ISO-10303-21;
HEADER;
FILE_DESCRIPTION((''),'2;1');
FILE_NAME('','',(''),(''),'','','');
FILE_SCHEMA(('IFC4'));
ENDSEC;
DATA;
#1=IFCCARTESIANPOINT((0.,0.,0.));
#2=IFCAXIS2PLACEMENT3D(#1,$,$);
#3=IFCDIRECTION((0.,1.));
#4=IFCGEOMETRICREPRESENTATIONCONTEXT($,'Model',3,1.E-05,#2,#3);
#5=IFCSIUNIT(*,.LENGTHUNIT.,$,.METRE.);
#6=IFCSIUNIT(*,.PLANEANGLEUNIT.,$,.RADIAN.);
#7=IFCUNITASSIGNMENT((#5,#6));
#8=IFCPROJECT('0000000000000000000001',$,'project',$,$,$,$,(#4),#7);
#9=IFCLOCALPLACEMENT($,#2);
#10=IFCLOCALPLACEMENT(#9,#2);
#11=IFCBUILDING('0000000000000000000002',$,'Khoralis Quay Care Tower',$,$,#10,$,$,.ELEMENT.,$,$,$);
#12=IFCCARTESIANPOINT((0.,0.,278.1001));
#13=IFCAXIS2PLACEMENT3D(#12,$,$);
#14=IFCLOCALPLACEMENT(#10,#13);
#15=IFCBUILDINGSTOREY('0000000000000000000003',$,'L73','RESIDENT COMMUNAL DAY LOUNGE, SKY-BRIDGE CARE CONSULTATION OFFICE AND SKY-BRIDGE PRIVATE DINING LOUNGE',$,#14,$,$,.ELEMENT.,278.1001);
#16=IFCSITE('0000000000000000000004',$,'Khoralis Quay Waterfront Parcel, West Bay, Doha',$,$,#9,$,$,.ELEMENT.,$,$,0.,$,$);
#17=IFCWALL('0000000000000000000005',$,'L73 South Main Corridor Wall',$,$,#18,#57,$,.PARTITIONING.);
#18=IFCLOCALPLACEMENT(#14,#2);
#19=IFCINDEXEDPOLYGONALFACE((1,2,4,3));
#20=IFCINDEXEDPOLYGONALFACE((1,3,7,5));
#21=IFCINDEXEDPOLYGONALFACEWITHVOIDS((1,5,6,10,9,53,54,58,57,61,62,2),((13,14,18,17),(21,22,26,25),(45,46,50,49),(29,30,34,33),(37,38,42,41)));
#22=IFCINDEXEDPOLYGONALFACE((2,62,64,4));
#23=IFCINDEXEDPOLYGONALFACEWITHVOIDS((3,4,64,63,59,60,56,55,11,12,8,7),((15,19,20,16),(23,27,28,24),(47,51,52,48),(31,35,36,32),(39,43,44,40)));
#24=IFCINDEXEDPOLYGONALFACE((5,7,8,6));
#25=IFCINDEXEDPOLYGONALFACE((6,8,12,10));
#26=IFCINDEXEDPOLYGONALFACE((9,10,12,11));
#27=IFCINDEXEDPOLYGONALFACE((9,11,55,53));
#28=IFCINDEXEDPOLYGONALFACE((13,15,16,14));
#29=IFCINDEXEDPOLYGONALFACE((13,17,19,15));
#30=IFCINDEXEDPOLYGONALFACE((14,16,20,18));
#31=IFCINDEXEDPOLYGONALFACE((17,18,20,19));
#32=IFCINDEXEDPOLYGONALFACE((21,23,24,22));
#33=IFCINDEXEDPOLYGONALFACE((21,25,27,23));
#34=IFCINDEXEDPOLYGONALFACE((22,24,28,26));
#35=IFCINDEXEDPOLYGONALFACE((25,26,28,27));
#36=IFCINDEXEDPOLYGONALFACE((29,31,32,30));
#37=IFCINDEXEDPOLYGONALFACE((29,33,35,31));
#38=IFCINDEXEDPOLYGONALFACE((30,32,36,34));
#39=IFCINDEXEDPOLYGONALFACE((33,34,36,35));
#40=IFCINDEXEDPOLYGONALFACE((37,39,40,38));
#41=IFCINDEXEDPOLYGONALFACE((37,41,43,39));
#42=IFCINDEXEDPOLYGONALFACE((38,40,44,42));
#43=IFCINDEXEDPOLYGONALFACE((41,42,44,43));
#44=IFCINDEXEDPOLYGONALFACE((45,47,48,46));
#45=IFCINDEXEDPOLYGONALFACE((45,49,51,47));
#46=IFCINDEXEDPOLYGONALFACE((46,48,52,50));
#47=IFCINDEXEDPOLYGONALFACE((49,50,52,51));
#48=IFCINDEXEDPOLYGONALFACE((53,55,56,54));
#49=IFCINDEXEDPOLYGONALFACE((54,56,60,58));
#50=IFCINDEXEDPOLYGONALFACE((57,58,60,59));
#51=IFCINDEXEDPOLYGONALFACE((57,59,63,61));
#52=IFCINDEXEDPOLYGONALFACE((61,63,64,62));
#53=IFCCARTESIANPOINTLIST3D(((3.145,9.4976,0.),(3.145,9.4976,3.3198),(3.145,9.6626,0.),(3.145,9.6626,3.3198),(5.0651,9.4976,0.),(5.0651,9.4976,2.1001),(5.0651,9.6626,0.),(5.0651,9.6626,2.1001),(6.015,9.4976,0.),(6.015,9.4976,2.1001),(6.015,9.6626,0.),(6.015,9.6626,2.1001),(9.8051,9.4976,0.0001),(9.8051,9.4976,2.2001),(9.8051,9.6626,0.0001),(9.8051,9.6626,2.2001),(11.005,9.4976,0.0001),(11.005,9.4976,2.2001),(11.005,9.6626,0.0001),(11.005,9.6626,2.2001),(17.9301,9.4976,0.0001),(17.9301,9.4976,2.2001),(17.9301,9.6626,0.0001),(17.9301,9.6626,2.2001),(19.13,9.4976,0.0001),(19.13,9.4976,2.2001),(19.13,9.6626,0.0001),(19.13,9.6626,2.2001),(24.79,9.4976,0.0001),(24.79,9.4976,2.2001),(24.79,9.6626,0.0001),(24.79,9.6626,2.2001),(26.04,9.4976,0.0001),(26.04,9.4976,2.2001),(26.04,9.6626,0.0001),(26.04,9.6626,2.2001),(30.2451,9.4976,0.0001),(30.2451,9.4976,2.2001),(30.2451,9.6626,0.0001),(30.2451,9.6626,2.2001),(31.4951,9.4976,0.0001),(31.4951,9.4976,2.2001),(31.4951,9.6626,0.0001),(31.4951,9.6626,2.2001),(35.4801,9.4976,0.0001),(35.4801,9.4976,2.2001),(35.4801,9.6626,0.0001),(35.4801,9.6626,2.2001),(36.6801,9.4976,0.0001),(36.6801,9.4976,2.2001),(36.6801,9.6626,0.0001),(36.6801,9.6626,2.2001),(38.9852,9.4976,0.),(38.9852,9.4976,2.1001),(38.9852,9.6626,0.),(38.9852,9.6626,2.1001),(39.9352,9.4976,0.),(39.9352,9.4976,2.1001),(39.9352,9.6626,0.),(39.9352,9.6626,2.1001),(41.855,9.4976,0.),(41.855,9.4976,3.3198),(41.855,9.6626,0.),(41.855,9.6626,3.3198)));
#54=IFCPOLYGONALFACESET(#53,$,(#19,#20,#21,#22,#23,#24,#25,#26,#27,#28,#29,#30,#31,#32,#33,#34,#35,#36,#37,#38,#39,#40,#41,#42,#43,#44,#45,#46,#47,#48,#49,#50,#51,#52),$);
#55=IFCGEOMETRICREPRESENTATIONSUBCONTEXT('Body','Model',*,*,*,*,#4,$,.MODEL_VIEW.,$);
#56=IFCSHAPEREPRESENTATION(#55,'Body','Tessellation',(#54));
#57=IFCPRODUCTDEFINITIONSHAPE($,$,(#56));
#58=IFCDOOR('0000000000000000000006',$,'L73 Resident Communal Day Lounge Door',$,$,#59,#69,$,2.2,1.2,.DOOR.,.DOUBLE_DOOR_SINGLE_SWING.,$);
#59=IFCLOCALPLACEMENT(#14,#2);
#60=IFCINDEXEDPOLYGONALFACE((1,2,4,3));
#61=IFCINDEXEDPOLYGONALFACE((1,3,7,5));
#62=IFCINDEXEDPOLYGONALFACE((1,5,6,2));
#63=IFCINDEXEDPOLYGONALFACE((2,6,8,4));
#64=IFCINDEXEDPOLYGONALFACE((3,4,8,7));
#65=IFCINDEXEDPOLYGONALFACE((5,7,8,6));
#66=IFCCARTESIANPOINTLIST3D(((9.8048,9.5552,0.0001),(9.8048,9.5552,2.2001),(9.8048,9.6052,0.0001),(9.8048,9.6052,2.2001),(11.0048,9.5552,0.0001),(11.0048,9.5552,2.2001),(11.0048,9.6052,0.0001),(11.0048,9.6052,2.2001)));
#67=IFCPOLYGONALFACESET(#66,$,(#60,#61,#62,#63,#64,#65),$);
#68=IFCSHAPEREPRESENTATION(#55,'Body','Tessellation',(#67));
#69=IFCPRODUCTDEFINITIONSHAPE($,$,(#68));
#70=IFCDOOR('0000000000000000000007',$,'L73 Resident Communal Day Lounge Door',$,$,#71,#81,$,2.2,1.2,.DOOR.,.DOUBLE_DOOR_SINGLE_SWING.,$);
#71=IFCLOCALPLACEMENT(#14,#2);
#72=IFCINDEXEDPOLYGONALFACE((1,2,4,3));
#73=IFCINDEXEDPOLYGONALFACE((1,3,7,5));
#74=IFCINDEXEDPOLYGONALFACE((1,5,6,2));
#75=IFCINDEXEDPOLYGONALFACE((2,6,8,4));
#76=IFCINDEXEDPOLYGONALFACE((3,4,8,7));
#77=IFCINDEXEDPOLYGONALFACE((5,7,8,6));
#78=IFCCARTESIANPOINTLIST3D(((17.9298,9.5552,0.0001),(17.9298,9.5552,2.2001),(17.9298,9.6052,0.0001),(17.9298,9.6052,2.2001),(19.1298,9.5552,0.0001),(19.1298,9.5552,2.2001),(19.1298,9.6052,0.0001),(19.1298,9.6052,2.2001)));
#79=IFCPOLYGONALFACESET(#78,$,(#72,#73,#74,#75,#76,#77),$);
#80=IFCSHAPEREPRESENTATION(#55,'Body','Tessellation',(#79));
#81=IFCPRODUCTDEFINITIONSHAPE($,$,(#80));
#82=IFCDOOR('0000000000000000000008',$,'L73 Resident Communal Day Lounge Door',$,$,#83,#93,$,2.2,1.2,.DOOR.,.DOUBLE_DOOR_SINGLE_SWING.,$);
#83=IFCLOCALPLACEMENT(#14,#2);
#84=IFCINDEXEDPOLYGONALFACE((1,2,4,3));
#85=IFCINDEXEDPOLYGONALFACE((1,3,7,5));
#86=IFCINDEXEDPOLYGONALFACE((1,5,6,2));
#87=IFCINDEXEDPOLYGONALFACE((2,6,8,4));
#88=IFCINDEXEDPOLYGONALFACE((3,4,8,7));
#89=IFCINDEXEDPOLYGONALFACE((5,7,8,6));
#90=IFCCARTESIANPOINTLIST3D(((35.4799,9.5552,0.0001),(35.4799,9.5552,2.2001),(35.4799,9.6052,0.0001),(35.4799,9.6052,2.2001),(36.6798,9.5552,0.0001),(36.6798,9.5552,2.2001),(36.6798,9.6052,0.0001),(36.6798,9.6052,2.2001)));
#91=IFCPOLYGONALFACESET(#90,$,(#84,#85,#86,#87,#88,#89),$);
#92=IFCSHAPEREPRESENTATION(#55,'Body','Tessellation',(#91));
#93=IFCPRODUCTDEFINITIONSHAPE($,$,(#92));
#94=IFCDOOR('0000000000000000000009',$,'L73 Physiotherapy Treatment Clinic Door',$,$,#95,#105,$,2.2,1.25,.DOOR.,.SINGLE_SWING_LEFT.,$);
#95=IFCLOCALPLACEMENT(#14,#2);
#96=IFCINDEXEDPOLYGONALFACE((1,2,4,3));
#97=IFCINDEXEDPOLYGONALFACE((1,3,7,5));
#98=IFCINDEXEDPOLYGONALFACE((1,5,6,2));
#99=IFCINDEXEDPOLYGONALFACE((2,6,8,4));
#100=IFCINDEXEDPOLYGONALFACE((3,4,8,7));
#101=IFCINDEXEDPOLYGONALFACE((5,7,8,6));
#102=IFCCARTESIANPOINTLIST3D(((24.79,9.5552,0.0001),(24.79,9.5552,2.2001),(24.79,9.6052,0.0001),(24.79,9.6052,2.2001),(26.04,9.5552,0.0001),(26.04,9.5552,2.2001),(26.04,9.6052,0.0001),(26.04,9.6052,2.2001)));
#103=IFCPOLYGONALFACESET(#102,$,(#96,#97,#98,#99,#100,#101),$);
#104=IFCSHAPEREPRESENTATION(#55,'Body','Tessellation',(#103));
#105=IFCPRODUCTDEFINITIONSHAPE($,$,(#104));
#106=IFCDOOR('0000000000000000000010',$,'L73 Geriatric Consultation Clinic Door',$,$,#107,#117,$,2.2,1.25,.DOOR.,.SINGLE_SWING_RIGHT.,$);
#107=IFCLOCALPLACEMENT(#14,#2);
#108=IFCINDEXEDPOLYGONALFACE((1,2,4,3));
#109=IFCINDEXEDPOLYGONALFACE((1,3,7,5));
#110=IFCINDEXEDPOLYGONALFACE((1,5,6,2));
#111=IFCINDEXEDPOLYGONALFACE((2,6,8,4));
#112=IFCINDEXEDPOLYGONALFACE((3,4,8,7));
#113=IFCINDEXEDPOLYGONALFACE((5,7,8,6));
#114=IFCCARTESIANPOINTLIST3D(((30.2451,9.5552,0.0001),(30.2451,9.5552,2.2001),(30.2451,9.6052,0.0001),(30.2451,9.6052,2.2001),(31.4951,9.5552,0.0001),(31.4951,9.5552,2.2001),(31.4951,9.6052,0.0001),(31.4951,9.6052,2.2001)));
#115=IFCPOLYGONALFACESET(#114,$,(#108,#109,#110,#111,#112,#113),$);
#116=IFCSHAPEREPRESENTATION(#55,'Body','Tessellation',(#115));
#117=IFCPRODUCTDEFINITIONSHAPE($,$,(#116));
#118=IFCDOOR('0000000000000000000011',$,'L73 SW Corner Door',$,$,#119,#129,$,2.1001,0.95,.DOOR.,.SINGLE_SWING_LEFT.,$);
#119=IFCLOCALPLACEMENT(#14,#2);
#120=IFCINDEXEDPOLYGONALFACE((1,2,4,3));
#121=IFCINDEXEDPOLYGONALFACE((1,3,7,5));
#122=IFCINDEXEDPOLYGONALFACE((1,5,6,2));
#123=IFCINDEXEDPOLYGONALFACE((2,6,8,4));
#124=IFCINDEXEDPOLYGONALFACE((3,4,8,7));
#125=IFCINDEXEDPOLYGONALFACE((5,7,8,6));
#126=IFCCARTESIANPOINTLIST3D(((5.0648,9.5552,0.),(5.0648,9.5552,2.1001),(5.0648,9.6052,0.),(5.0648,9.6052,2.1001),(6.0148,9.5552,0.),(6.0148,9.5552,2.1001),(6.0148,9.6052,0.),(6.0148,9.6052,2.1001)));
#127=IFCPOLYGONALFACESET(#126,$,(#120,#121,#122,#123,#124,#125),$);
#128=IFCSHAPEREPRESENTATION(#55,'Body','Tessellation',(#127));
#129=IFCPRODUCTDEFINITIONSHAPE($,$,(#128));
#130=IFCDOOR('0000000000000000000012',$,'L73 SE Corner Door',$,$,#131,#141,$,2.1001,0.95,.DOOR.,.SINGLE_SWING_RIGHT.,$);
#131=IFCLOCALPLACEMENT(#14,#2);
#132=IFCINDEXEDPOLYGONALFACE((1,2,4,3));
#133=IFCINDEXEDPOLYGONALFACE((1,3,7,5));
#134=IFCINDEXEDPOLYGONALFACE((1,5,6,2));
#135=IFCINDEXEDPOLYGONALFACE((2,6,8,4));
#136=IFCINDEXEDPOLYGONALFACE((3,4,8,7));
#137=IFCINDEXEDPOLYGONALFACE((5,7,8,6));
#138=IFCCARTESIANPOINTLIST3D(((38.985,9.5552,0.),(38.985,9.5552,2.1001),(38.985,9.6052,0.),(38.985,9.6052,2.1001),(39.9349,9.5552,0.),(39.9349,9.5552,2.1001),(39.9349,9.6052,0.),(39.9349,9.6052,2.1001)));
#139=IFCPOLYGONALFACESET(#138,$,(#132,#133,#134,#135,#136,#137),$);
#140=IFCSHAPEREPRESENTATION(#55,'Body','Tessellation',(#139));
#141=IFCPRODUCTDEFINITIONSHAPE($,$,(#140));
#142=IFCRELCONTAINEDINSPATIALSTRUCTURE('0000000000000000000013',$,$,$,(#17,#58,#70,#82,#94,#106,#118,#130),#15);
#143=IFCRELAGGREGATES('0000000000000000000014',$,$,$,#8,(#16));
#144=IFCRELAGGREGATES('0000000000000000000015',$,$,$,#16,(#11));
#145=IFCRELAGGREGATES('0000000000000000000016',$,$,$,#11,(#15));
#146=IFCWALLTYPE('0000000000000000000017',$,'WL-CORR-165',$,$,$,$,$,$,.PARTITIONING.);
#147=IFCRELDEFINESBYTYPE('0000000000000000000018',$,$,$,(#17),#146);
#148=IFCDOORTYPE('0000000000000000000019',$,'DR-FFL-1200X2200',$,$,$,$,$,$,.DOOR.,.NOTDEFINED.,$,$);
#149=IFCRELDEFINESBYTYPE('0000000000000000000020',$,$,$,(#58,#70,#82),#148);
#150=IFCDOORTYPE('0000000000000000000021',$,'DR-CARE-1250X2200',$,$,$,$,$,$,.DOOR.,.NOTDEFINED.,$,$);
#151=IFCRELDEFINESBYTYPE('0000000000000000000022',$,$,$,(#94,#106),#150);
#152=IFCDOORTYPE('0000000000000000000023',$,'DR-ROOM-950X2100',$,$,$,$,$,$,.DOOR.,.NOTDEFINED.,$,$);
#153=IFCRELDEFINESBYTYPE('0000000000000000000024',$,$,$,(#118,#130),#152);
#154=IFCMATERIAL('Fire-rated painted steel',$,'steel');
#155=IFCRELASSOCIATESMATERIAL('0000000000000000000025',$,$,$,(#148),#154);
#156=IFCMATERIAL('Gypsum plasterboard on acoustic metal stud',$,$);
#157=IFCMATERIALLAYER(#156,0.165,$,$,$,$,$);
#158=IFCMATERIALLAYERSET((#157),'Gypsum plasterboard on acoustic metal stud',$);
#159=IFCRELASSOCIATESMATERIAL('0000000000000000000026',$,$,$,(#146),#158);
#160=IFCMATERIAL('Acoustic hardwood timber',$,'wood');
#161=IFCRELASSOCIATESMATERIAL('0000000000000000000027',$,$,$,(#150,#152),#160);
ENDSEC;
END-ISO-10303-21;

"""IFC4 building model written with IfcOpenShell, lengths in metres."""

from ifc_helpers import new_model, si_unit, direction, frame, frame_2d, origin, place, context, subcontext, project, spatial, rectangle, extrude, source, transform, mapped, material, layer, layer_set, type_object, element, fill, save


model = new_model("IFC4")

# Units and contexts
model_context = context("Model", 3, precision=1e-05, world=origin(), true_north=direction((0.0, 1.0)))
body_context = subcontext(model_context, "Body", "Model", "MODEL_VIEW")
ifc_project = project(units=[si_unit("LENGTHUNIT", "METRE"), si_unit("PLANEANGLEUNIT", "RADIAN")], contexts=[model_context])

# Site, building, storey
site_placement = place(None, origin())
site = spatial("IfcSite", under=ifc_project, at=site_placement, Name="Khoralis Quay Waterfront Parcel, West Bay, Doha", CompositionType="ELEMENT", RefElevation=0.0)
building_placement = place(site_placement, origin())
building = spatial("IfcBuilding", under=site, at=building_placement, Name="Khoralis Quay Care Tower", CompositionType="ELEMENT")
storey_placement = place(building_placement, frame((0.0, 0.0, 278.1001)))
storey = spatial("IfcBuildingStorey", under=building, at=storey_placement, Name="L73", Description="RESIDENT COMMUNAL DAY LOUNGE, SKY-BRIDGE CARE CONSULTATION OFFICE AND SKY-BRIDGE PRIVATE DINING LOUNGE", CompositionType="ELEMENT", Elevation=278.1001)

# Shared definitions
ifc_material_1 = material(Name="Gypsum plasterboard on acoustic metal stud")
ifc_material_2 = material(Name="Fire-rated painted steel", Category="steel")
door_type_1 = type_object("IfcDoorType", Name="DR-FFL-1200X2200", OperationType="NOTDEFINED", PredefinedType="DOOR", material=ifc_material_2)
shared_shape_1 = source(origin(), body_context, "Body", "SweptSolid", [
    extrude(rectangle(XDim=1.2, YDim=2.2, at=frame_2d((0.6001, 1.1001))), frame((0.0, 0.0249, 0.0), z_axis=(0.0, -1.0, 0.0), x_axis=(1.0, 0.0, 0.0)), (0.0, 0.0, 1.0), 0.05),
])

# Wall, openings, doors
ifc_layer_1 = layer(ifc_material_1, 0.165)
ifc_layer_set_1 = layer_set([ifc_layer_1], Name="Gypsum plasterboard on acoustic metal stud")
wall_type_1 = type_object("IfcWallType", Name="WL-CORR-165", PredefinedType="PARTITIONING", material=ifc_layer_set_1)
wall_1_placement = place(storey_placement, frame((3.145, 9.5801, 0.0), z_axis=(0.0, 0.0, 1.0), x_axis=(1.0, 0.0, 0.0)))
wall_1 = element("IfcWall", 1, at=wall_1_placement, inside=storey, type_object=wall_type_1, Name="L73 South Main Corridor Wall", PredefinedType="PARTITIONING", context=body_context, shape_type="SweptSolid", body=[
    extrude(rectangle(XDim=38.71, YDim=0.165, at=frame_2d((19.355, 0.0))), origin(), (0.0, 0.0, 1.0), 3.3198),
])
opening_1_placement = place(wall_1_placement, frame((6.6599, 0.0, 0.0)))
opening_1 = element("IfcOpeningElement", 2, at=opening_1_placement, cuts=wall_1, PredefinedType="OPENING", context=body_context, shape_type="SweptSolid", body=[
    extrude(rectangle(XDim=1.2, YDim=2.2, at=frame_2d((0.6001, 1.1001))), frame((0.0, 0.0925, 0.0), z_axis=(0.0, -1.0, 0.0), x_axis=(1.0, 0.0, 0.0)), (0.0, 0.0, 1.0), 0.1851),
])
opening_2_placement = place(wall_1_placement, frame((14.7849, 0.0, 0.0)))
opening_2 = element("IfcOpeningElement", 3, at=opening_2_placement, cuts=wall_1, PredefinedType="OPENING", context=body_context, shape_type="SweptSolid", body=[
    extrude(rectangle(XDim=1.2, YDim=2.2, at=frame_2d((0.6001, 1.1001))), frame((0.0, 0.0925, 0.0), z_axis=(0.0, -1.0, 0.0), x_axis=(1.0, 0.0, 0.0)), (0.0, 0.0, 1.0), 0.1851),
])
opening_3_placement = place(wall_1_placement, frame((21.645, 0.0, 0.0)))
opening_3 = element("IfcOpeningElement", 4, at=opening_3_placement, cuts=wall_1, PredefinedType="OPENING", context=body_context, shape_type="SweptSolid", body=[
    extrude(rectangle(XDim=1.25, YDim=2.2, at=frame_2d((0.625, 1.1001))), frame((0.0, 0.0925, 0.0), z_axis=(0.0, -1.0, 0.0), x_axis=(1.0, 0.0, 0.0)), (0.0, 0.0, 1.0), 0.1851),
])
opening_4_placement = place(wall_1_placement, frame((27.1001, 0.0, 0.0)))
opening_4 = element("IfcOpeningElement", 5, at=opening_4_placement, cuts=wall_1, PredefinedType="OPENING", context=body_context, shape_type="SweptSolid", body=[
    extrude(rectangle(XDim=1.25, YDim=2.2, at=frame_2d((0.625, 1.1001))), frame((0.0, 0.0925, 0.0), z_axis=(0.0, -1.0, 0.0), x_axis=(1.0, 0.0, 0.0)), (0.0, 0.0, 1.0), 0.1851),
])
opening_5_placement = place(wall_1_placement, frame((32.335, 0.0, 0.0)))
opening_5 = element("IfcOpeningElement", 6, at=opening_5_placement, cuts=wall_1, PredefinedType="OPENING", context=body_context, shape_type="SweptSolid", body=[
    extrude(rectangle(XDim=1.2, YDim=2.2, at=frame_2d((0.6001, 1.1001))), frame((0.0, 0.0925, 0.0), z_axis=(0.0, -1.0, 0.0), x_axis=(1.0, 0.0, 0.0)), (0.0, 0.0, 1.0), 0.1851),
])
opening_6_placement = place(wall_1_placement, frame((1.9199, 0.0, 0.0)))
opening_6 = element("IfcOpeningElement", 7, at=opening_6_placement, cuts=wall_1, PredefinedType="OPENING", context=body_context, shape_type="SweptSolid", body=[
    extrude(rectangle(XDim=0.95, YDim=2.1001, at=frame_2d((0.4751, 1.05))), frame((0.0, 0.0925, 0.0), z_axis=(0.0, -1.0, 0.0), x_axis=(1.0, 0.0, 0.0)), (0.0, 0.0, 1.0), 0.1851),
])
opening_7_placement = place(wall_1_placement, frame((35.8401, 0.0, 0.0)))
opening_7 = element("IfcOpeningElement", 8, at=opening_7_placement, cuts=wall_1, PredefinedType="OPENING", context=body_context, shape_type="SweptSolid", body=[
    extrude(rectangle(XDim=0.95, YDim=2.1001, at=frame_2d((0.4751, 1.05))), frame((0.0, 0.0925, 0.0), z_axis=(0.0, -1.0, 0.0), x_axis=(1.0, 0.0, 0.0)), (0.0, 0.0, 1.0), 0.1851),
])
door_1_placement = place(opening_1_placement, frame((1.2, 0.0, 0.0), z_axis=(0.0, 0.0, 1.0), x_axis=(-1.0, 0.0, 0.0)))
door_1 = element("IfcDoor", 9, at=door_1_placement, inside=storey, type_object=door_type_1, Name="L73 Resident Communal Day Lounge Door", OperationType="DOUBLE_DOOR_SINGLE_SWING", OverallHeight=2.2, OverallWidth=1.2, PredefinedType="DOOR", context=body_context, shape_type="MappedRepresentation", body=[
    mapped(shared_shape_1, transform((0.0, 0.0, 0.0), scale=1.0)),
])
fill(opening_1, door_1)
door_2_placement = place(opening_2_placement, frame((1.2, 0.0, 0.0), z_axis=(0.0, 0.0, 1.0), x_axis=(-1.0, 0.0, 0.0)))
door_2 = element("IfcDoor", 10, at=door_2_placement, inside=storey, type_object=door_type_1, Name="L73 Resident Communal Day Lounge Door", OperationType="DOUBLE_DOOR_SINGLE_SWING", OverallHeight=2.2, OverallWidth=1.2, PredefinedType="DOOR", context=body_context, shape_type="MappedRepresentation", body=[
    mapped(shared_shape_1, transform((0.0, 0.0, 0.0), scale=1.0)),
])
fill(opening_2, door_2)
door_3_placement = place(opening_5_placement, frame((1.2, 0.0, 0.0), z_axis=(0.0, 0.0, 1.0), x_axis=(-1.0, 0.0, 0.0)))
door_3 = element("IfcDoor", 11, at=door_3_placement, inside=storey, type_object=door_type_1, Name="L73 Resident Communal Day Lounge Door", OperationType="DOUBLE_DOOR_SINGLE_SWING", OverallHeight=2.2, OverallWidth=1.2, PredefinedType="DOOR", context=body_context, shape_type="MappedRepresentation", body=[
    mapped(shared_shape_1, transform((0.0, 0.0, 0.0), scale=1.0)),
])
fill(opening_5, door_3)
ifc_material_3 = material(Name="Acoustic hardwood timber", Category="wood")
door_type_2 = type_object("IfcDoorType", Name="DR-CARE-1250X2200", OperationType="NOTDEFINED", PredefinedType="DOOR", material=ifc_material_3)
shared_shape_2 = source(origin(), body_context, "Body", "SweptSolid", [
    extrude(rectangle(XDim=1.25, YDim=2.2, at=frame_2d((0.625, 1.1001))), frame((0.0, 0.0249, 0.0), z_axis=(0.0, -1.0, 0.0), x_axis=(1.0, 0.0, 0.0)), (0.0, 0.0, 1.0), 0.05),
])
door_4_placement = place(opening_3_placement, frame((1.25, 0.0, 0.0), z_axis=(0.0, 0.0, 1.0), x_axis=(-1.0, 0.0, 0.0)))
door_4 = element("IfcDoor", 12, at=door_4_placement, inside=storey, type_object=door_type_2, Name="L73 Physiotherapy Treatment Clinic Door", OperationType="SINGLE_SWING_LEFT", OverallHeight=2.2, OverallWidth=1.25, PredefinedType="DOOR", context=body_context, shape_type="MappedRepresentation", body=[
    mapped(shared_shape_2, transform((0.0, 0.0, 0.0), scale=1.0)),
])
fill(opening_3, door_4)
door_5_placement = place(opening_4_placement, frame((1.25, 0.0, 0.0), z_axis=(0.0, 0.0, 1.0), x_axis=(-1.0, 0.0, 0.0)))
door_5 = element("IfcDoor", 13, at=door_5_placement, inside=storey, type_object=door_type_2, Name="L73 Geriatric Consultation Clinic Door", OperationType="SINGLE_SWING_RIGHT", OverallHeight=2.2, OverallWidth=1.25, PredefinedType="DOOR", context=body_context, shape_type="MappedRepresentation", body=[
    mapped(shared_shape_2, transform((0.0, 0.0, 0.0), scale=1.0)),
])
fill(opening_4, door_5)
door_type_3 = type_object("IfcDoorType", Name="DR-ROOM-950X2100", OperationType="NOTDEFINED", PredefinedType="DOOR", material=ifc_material_3)
shared_shape_3 = source(origin(), body_context, "Body", "SweptSolid", [
    extrude(rectangle(XDim=0.95, YDim=2.1001, at=frame_2d((0.4751, 1.05))), frame((0.0, 0.0249, 0.0), z_axis=(0.0, -1.0, 0.0), x_axis=(1.0, 0.0, 0.0)), (0.0, 0.0, 1.0), 0.05),
])
door_6_placement = place(opening_6_placement, frame((0.95, 0.0, 0.0), z_axis=(0.0, 0.0, 1.0), x_axis=(-1.0, 0.0, 0.0)))
door_6 = element("IfcDoor", 14, at=door_6_placement, inside=storey, type_object=door_type_3, Name="L73 SW Corner Door", OperationType="SINGLE_SWING_LEFT", OverallHeight=2.1001, OverallWidth=0.95, PredefinedType="DOOR", context=body_context, shape_type="MappedRepresentation", body=[
    mapped(shared_shape_3, transform((0.0, 0.0, 0.0), scale=1.0)),
])
fill(opening_6, door_6)
door_7_placement = place(opening_7_placement, frame((0.95, 0.0, 0.0), z_axis=(0.0, 0.0, 1.0), x_axis=(-1.0, 0.0, 0.0)))
door_7 = element("IfcDoor", 15, at=door_7_placement, inside=storey, type_object=door_type_3, Name="L73 SE Corner Door", OperationType="SINGLE_SWING_RIGHT", OverallHeight=2.1001, OverallWidth=0.95, PredefinedType="DOOR", context=body_context, shape_type="MappedRepresentation", body=[
    mapped(shared_shape_3, transform((0.0, 0.0, 0.0), scale=1.0)),
])
fill(opening_7, door_7)

save(model, "model.ifc")
